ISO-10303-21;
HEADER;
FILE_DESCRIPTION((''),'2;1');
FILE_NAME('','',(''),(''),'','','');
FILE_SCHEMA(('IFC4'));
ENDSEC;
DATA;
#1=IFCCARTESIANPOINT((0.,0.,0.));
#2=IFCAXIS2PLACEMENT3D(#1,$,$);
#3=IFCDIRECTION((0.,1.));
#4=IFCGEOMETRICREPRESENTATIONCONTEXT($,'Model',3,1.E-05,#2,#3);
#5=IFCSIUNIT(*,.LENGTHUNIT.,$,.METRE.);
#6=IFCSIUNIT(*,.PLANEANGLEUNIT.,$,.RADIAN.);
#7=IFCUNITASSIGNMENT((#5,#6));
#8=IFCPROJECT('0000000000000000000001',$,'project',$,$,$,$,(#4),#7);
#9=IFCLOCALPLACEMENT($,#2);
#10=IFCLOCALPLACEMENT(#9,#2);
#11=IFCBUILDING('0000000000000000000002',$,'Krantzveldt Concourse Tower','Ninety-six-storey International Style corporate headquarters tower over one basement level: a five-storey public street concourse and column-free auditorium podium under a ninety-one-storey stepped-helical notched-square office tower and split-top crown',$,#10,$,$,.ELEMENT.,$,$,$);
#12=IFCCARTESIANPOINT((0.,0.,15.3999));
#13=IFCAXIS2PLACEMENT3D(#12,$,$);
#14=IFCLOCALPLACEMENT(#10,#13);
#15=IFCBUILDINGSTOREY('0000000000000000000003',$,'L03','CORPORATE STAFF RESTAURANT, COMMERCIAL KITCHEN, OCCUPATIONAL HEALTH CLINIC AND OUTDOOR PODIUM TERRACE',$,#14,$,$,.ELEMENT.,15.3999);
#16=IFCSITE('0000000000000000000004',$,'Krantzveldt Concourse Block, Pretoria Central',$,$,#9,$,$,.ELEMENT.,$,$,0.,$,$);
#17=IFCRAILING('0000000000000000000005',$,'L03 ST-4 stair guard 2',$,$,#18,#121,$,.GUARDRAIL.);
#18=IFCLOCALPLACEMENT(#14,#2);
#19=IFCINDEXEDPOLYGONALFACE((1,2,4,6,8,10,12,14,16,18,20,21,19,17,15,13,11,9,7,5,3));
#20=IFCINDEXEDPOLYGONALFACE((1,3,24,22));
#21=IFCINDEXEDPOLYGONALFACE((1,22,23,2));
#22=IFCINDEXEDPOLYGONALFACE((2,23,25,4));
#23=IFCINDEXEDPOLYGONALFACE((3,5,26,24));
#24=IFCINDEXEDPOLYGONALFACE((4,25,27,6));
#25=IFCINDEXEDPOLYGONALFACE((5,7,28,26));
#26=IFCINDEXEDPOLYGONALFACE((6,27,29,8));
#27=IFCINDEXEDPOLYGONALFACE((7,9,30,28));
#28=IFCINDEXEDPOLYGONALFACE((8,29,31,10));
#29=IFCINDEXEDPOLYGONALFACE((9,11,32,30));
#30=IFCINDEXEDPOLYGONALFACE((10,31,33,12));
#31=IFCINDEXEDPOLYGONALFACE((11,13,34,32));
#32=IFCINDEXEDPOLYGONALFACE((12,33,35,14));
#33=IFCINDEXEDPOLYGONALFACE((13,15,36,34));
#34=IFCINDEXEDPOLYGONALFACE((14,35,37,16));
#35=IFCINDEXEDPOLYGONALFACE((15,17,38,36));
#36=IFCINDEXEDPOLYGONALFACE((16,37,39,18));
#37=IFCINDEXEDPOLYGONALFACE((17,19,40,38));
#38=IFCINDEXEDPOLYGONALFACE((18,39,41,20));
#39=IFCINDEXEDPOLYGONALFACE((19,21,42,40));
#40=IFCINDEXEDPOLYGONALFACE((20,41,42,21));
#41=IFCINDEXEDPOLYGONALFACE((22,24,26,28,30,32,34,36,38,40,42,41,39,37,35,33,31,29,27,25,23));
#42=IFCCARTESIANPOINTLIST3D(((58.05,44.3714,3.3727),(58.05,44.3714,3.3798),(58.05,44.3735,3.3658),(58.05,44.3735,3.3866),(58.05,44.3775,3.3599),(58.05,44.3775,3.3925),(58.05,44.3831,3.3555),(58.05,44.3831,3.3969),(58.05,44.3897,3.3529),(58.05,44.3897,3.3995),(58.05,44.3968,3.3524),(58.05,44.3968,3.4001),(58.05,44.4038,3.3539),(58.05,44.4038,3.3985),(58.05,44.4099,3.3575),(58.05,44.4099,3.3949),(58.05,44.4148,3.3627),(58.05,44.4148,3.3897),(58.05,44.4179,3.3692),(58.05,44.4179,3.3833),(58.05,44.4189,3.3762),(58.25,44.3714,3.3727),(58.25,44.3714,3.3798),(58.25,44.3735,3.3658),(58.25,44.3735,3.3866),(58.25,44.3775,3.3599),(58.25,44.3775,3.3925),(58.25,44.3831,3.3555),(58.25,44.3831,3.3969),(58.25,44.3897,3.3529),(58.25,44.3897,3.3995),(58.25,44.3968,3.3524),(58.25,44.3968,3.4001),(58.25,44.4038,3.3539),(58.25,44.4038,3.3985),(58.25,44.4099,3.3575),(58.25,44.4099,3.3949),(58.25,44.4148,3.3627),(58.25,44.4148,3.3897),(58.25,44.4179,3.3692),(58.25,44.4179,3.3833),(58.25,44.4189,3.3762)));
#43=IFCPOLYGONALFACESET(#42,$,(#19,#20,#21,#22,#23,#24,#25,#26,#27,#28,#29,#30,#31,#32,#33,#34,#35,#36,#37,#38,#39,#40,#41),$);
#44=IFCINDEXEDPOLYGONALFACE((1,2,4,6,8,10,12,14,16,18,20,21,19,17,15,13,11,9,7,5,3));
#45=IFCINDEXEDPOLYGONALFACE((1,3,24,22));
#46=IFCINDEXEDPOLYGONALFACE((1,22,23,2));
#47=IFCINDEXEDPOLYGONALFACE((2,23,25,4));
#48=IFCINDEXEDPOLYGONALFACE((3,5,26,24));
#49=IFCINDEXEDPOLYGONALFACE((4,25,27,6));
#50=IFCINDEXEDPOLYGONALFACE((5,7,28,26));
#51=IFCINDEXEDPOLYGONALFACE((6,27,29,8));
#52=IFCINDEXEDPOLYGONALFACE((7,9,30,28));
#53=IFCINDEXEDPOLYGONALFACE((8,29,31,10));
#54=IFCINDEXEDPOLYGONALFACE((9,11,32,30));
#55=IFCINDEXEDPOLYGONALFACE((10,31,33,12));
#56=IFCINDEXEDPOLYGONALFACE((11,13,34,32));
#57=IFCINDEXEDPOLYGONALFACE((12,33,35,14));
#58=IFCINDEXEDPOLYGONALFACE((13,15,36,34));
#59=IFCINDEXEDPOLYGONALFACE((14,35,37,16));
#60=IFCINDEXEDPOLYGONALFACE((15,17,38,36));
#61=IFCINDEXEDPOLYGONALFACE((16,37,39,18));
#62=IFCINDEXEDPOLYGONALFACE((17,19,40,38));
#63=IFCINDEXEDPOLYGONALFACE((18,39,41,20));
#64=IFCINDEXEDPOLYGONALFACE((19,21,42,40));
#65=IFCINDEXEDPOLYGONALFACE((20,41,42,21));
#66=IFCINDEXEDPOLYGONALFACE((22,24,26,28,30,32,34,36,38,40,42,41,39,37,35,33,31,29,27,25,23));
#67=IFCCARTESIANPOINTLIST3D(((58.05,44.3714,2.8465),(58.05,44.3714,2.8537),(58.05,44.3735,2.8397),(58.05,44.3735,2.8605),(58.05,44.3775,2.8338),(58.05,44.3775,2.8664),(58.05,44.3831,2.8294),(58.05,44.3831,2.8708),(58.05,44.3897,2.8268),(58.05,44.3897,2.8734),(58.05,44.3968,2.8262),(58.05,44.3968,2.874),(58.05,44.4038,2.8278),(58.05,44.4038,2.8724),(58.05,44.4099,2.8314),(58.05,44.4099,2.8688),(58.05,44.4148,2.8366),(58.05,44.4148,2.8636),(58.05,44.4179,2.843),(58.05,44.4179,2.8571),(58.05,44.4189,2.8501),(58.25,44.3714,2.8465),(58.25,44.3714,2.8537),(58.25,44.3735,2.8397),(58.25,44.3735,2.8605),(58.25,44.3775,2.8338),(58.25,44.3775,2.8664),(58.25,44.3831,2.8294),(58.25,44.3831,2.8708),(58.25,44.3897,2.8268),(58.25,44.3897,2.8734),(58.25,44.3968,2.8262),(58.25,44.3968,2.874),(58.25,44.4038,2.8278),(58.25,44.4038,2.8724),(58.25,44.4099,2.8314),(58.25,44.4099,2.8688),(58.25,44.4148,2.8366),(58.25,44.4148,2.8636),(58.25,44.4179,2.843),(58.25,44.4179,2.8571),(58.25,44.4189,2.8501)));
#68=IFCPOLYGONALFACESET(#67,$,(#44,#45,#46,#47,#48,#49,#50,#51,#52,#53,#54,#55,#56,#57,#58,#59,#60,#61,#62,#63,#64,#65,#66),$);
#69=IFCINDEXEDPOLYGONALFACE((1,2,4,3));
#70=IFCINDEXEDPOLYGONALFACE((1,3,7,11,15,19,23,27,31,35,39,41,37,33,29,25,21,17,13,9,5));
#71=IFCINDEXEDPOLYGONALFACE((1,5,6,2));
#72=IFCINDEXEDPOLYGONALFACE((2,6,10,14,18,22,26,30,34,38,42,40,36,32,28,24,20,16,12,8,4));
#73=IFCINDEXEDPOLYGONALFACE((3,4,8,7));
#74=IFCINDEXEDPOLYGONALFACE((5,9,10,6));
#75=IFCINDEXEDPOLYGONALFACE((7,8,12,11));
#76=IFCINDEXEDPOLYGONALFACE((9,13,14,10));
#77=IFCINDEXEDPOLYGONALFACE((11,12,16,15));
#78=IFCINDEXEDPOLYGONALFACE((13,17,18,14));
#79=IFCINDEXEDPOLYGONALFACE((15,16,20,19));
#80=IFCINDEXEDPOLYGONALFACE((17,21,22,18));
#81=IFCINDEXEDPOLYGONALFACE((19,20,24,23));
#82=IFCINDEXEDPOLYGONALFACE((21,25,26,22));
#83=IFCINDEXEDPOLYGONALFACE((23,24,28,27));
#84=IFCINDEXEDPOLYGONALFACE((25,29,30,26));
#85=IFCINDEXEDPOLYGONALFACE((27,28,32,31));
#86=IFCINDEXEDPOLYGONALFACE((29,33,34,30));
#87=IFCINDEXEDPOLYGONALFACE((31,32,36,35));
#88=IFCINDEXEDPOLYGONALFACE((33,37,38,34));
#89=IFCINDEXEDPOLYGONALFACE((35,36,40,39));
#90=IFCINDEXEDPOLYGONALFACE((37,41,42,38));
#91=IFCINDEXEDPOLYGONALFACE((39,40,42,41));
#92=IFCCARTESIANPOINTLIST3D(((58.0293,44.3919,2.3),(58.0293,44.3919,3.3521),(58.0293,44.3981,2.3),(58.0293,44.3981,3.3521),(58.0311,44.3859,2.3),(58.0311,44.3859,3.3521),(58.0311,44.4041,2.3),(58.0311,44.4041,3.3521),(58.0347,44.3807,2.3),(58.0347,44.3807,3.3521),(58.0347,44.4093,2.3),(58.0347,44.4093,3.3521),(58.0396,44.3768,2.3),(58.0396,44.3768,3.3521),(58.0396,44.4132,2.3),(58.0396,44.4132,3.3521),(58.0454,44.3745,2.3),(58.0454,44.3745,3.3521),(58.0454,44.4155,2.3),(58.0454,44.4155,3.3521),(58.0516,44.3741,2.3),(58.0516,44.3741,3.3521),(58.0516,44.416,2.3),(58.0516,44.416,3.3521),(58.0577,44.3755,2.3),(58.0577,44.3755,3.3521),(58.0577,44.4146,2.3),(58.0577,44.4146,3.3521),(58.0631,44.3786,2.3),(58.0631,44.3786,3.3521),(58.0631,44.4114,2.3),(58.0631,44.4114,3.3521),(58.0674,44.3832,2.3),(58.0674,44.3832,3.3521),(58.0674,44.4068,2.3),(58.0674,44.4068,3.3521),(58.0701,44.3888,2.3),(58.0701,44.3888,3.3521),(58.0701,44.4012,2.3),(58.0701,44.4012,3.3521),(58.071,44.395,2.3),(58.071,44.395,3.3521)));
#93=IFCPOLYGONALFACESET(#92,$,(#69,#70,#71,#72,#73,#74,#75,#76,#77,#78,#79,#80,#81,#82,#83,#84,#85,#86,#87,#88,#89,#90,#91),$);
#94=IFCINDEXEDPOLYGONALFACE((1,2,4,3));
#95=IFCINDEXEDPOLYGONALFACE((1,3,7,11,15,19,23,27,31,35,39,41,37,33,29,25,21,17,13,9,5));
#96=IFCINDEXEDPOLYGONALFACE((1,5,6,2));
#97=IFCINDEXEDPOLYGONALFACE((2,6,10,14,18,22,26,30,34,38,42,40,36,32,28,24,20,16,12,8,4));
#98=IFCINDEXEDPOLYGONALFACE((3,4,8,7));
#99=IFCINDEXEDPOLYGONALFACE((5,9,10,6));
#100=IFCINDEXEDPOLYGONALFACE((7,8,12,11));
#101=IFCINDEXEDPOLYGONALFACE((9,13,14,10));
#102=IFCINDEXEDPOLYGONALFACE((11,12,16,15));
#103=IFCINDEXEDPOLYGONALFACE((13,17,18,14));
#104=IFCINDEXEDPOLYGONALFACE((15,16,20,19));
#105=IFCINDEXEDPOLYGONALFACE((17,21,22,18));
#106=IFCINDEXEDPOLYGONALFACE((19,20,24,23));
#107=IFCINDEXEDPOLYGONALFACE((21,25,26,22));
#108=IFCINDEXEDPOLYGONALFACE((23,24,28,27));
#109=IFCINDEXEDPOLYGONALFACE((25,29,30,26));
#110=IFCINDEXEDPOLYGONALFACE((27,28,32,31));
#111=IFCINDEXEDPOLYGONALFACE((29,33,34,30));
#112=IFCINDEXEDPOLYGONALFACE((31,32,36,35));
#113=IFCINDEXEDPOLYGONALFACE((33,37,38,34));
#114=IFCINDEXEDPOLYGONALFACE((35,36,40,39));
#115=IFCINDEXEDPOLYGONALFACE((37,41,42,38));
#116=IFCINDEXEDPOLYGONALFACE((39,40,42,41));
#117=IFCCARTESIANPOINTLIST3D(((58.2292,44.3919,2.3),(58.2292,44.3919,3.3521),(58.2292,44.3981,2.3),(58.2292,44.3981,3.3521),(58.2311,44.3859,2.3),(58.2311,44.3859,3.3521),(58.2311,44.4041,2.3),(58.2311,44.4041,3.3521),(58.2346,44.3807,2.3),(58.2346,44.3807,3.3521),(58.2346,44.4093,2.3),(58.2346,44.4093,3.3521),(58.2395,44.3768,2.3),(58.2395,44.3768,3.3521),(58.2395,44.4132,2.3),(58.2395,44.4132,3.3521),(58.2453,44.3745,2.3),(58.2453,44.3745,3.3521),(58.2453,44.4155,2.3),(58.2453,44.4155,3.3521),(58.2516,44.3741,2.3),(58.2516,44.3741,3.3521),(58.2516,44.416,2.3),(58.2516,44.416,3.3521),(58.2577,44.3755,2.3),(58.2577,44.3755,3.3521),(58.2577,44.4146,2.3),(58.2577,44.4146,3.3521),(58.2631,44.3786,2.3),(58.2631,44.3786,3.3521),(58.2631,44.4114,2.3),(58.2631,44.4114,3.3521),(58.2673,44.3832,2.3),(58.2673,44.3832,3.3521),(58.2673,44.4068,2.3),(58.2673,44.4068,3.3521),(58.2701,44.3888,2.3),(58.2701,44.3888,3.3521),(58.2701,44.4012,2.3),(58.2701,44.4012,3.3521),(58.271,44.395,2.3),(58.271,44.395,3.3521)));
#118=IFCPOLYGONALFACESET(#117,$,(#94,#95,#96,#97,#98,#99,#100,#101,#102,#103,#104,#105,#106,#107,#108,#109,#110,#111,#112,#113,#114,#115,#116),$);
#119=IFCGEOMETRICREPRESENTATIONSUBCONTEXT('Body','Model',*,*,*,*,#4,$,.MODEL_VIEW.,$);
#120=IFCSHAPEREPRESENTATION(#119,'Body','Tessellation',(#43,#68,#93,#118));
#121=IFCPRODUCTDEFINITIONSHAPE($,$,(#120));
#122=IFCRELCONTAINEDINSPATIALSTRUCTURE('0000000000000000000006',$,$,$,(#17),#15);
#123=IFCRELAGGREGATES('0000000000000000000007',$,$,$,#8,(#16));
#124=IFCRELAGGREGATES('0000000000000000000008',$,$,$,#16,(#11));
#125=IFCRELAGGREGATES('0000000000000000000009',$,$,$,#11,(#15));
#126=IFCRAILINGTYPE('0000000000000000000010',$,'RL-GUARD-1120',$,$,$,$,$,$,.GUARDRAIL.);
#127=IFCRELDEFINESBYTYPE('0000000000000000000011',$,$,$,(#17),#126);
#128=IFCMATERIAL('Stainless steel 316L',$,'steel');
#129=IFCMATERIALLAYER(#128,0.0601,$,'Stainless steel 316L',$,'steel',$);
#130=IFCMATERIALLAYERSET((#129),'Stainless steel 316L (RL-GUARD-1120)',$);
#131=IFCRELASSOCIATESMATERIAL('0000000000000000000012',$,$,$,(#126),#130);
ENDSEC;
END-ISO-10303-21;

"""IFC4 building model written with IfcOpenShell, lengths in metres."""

from ifc_helpers import new_model, si_unit, direction, frame, origin, origin_2d, place, context, subcontext, project, spatial, circle, extrude, material, layer, layer_set, type_object, element, save


model = new_model("IFC4")

# Units and contexts
model_context = context("Model", 3, precision=1e-05, world=origin(), true_north=direction((0.0, 1.0)))
body_context = subcontext(model_context, "Body", "Model", "MODEL_VIEW")
ifc_project = project(units=[si_unit("LENGTHUNIT", "METRE"), si_unit("PLANEANGLEUNIT", "RADIAN")], contexts=[model_context])

# Site, building, storey
site_placement = place(None, origin())
site = spatial("IfcSite", under=ifc_project, at=site_placement, Name="Krantzveldt Concourse Block, Pretoria Central", CompositionType="ELEMENT", RefElevation=0.0)
building_placement = place(site_placement, origin())
building = spatial("IfcBuilding", under=site, at=building_placement, Name="Krantzveldt Concourse Tower", Description="Ninety-six-storey International Style corporate headquarters tower over one basement level: a five-storey public street concourse and column-free auditorium podium under a ninety-one-storey stepped-helical notched-square office tower and split-top crown", CompositionType="ELEMENT")
storey_placement = place(building_placement, frame((0.0, 0.0, 15.3999)))
storey = spatial("IfcBuildingStorey", under=building, at=storey_placement, Name="L03", Description="CORPORATE STAFF RESTAURANT, COMMERCIAL KITCHEN, OCCUPATIONAL HEALTH CLINIC AND OUTDOOR PODIUM TERRACE", CompositionType="ELEMENT", Elevation=15.3999)

# Railing
ifc_material_1 = material(Name="Stainless steel 316L", Category="steel")
ifc_layer_1 = layer(ifc_material_1, 0.0601, Name="Stainless steel 316L", Category="steel")
ifc_layer_set_1 = layer_set([ifc_layer_1], Name="Stainless steel 316L (RL-GUARD-1120)")
railing_type_1 = type_object("IfcRailingType", Name="RL-GUARD-1120", PredefinedType="GUARDRAIL", material=ifc_layer_set_1)
railing_1_placement = place(storey_placement, frame((58.05, 44.395, 2.3)))
element("IfcRailing", 1, at=railing_1_placement, inside=storey, type_object=railing_type_1, Name="L03 ST-4 stair guard 2", PredefinedType="GUARDRAIL", context=body_context, shape_type="SweptSolid", body=[
    extrude(circle(Radius=0.0239, at=origin_2d()), frame((0.0, 0.0, 1.0762), z_axis=(1.0, 0.0, 0.0), x_axis=(0.0, 1.0, 0.0)), (0.0, 0.0, 1.0), 0.2),
    extrude(circle(Radius=0.0239, at=origin_2d()), frame((0.0, 0.0, 0.55), z_axis=(1.0, 0.0, 0.0), x_axis=(0.0, 1.0, 0.0)), (0.0, 0.0, 1.0), 0.2),
    extrude(circle(Radius=0.021, at=origin_2d()), origin(), (0.0, 0.0, 1.0), 1.052),
    extrude(circle(Radius=0.021, at=origin_2d()), frame((0.2, 0.0, 0.0)), (0.0, 0.0, 1.0), 1.052),
])

save(model, "model.ifc")
